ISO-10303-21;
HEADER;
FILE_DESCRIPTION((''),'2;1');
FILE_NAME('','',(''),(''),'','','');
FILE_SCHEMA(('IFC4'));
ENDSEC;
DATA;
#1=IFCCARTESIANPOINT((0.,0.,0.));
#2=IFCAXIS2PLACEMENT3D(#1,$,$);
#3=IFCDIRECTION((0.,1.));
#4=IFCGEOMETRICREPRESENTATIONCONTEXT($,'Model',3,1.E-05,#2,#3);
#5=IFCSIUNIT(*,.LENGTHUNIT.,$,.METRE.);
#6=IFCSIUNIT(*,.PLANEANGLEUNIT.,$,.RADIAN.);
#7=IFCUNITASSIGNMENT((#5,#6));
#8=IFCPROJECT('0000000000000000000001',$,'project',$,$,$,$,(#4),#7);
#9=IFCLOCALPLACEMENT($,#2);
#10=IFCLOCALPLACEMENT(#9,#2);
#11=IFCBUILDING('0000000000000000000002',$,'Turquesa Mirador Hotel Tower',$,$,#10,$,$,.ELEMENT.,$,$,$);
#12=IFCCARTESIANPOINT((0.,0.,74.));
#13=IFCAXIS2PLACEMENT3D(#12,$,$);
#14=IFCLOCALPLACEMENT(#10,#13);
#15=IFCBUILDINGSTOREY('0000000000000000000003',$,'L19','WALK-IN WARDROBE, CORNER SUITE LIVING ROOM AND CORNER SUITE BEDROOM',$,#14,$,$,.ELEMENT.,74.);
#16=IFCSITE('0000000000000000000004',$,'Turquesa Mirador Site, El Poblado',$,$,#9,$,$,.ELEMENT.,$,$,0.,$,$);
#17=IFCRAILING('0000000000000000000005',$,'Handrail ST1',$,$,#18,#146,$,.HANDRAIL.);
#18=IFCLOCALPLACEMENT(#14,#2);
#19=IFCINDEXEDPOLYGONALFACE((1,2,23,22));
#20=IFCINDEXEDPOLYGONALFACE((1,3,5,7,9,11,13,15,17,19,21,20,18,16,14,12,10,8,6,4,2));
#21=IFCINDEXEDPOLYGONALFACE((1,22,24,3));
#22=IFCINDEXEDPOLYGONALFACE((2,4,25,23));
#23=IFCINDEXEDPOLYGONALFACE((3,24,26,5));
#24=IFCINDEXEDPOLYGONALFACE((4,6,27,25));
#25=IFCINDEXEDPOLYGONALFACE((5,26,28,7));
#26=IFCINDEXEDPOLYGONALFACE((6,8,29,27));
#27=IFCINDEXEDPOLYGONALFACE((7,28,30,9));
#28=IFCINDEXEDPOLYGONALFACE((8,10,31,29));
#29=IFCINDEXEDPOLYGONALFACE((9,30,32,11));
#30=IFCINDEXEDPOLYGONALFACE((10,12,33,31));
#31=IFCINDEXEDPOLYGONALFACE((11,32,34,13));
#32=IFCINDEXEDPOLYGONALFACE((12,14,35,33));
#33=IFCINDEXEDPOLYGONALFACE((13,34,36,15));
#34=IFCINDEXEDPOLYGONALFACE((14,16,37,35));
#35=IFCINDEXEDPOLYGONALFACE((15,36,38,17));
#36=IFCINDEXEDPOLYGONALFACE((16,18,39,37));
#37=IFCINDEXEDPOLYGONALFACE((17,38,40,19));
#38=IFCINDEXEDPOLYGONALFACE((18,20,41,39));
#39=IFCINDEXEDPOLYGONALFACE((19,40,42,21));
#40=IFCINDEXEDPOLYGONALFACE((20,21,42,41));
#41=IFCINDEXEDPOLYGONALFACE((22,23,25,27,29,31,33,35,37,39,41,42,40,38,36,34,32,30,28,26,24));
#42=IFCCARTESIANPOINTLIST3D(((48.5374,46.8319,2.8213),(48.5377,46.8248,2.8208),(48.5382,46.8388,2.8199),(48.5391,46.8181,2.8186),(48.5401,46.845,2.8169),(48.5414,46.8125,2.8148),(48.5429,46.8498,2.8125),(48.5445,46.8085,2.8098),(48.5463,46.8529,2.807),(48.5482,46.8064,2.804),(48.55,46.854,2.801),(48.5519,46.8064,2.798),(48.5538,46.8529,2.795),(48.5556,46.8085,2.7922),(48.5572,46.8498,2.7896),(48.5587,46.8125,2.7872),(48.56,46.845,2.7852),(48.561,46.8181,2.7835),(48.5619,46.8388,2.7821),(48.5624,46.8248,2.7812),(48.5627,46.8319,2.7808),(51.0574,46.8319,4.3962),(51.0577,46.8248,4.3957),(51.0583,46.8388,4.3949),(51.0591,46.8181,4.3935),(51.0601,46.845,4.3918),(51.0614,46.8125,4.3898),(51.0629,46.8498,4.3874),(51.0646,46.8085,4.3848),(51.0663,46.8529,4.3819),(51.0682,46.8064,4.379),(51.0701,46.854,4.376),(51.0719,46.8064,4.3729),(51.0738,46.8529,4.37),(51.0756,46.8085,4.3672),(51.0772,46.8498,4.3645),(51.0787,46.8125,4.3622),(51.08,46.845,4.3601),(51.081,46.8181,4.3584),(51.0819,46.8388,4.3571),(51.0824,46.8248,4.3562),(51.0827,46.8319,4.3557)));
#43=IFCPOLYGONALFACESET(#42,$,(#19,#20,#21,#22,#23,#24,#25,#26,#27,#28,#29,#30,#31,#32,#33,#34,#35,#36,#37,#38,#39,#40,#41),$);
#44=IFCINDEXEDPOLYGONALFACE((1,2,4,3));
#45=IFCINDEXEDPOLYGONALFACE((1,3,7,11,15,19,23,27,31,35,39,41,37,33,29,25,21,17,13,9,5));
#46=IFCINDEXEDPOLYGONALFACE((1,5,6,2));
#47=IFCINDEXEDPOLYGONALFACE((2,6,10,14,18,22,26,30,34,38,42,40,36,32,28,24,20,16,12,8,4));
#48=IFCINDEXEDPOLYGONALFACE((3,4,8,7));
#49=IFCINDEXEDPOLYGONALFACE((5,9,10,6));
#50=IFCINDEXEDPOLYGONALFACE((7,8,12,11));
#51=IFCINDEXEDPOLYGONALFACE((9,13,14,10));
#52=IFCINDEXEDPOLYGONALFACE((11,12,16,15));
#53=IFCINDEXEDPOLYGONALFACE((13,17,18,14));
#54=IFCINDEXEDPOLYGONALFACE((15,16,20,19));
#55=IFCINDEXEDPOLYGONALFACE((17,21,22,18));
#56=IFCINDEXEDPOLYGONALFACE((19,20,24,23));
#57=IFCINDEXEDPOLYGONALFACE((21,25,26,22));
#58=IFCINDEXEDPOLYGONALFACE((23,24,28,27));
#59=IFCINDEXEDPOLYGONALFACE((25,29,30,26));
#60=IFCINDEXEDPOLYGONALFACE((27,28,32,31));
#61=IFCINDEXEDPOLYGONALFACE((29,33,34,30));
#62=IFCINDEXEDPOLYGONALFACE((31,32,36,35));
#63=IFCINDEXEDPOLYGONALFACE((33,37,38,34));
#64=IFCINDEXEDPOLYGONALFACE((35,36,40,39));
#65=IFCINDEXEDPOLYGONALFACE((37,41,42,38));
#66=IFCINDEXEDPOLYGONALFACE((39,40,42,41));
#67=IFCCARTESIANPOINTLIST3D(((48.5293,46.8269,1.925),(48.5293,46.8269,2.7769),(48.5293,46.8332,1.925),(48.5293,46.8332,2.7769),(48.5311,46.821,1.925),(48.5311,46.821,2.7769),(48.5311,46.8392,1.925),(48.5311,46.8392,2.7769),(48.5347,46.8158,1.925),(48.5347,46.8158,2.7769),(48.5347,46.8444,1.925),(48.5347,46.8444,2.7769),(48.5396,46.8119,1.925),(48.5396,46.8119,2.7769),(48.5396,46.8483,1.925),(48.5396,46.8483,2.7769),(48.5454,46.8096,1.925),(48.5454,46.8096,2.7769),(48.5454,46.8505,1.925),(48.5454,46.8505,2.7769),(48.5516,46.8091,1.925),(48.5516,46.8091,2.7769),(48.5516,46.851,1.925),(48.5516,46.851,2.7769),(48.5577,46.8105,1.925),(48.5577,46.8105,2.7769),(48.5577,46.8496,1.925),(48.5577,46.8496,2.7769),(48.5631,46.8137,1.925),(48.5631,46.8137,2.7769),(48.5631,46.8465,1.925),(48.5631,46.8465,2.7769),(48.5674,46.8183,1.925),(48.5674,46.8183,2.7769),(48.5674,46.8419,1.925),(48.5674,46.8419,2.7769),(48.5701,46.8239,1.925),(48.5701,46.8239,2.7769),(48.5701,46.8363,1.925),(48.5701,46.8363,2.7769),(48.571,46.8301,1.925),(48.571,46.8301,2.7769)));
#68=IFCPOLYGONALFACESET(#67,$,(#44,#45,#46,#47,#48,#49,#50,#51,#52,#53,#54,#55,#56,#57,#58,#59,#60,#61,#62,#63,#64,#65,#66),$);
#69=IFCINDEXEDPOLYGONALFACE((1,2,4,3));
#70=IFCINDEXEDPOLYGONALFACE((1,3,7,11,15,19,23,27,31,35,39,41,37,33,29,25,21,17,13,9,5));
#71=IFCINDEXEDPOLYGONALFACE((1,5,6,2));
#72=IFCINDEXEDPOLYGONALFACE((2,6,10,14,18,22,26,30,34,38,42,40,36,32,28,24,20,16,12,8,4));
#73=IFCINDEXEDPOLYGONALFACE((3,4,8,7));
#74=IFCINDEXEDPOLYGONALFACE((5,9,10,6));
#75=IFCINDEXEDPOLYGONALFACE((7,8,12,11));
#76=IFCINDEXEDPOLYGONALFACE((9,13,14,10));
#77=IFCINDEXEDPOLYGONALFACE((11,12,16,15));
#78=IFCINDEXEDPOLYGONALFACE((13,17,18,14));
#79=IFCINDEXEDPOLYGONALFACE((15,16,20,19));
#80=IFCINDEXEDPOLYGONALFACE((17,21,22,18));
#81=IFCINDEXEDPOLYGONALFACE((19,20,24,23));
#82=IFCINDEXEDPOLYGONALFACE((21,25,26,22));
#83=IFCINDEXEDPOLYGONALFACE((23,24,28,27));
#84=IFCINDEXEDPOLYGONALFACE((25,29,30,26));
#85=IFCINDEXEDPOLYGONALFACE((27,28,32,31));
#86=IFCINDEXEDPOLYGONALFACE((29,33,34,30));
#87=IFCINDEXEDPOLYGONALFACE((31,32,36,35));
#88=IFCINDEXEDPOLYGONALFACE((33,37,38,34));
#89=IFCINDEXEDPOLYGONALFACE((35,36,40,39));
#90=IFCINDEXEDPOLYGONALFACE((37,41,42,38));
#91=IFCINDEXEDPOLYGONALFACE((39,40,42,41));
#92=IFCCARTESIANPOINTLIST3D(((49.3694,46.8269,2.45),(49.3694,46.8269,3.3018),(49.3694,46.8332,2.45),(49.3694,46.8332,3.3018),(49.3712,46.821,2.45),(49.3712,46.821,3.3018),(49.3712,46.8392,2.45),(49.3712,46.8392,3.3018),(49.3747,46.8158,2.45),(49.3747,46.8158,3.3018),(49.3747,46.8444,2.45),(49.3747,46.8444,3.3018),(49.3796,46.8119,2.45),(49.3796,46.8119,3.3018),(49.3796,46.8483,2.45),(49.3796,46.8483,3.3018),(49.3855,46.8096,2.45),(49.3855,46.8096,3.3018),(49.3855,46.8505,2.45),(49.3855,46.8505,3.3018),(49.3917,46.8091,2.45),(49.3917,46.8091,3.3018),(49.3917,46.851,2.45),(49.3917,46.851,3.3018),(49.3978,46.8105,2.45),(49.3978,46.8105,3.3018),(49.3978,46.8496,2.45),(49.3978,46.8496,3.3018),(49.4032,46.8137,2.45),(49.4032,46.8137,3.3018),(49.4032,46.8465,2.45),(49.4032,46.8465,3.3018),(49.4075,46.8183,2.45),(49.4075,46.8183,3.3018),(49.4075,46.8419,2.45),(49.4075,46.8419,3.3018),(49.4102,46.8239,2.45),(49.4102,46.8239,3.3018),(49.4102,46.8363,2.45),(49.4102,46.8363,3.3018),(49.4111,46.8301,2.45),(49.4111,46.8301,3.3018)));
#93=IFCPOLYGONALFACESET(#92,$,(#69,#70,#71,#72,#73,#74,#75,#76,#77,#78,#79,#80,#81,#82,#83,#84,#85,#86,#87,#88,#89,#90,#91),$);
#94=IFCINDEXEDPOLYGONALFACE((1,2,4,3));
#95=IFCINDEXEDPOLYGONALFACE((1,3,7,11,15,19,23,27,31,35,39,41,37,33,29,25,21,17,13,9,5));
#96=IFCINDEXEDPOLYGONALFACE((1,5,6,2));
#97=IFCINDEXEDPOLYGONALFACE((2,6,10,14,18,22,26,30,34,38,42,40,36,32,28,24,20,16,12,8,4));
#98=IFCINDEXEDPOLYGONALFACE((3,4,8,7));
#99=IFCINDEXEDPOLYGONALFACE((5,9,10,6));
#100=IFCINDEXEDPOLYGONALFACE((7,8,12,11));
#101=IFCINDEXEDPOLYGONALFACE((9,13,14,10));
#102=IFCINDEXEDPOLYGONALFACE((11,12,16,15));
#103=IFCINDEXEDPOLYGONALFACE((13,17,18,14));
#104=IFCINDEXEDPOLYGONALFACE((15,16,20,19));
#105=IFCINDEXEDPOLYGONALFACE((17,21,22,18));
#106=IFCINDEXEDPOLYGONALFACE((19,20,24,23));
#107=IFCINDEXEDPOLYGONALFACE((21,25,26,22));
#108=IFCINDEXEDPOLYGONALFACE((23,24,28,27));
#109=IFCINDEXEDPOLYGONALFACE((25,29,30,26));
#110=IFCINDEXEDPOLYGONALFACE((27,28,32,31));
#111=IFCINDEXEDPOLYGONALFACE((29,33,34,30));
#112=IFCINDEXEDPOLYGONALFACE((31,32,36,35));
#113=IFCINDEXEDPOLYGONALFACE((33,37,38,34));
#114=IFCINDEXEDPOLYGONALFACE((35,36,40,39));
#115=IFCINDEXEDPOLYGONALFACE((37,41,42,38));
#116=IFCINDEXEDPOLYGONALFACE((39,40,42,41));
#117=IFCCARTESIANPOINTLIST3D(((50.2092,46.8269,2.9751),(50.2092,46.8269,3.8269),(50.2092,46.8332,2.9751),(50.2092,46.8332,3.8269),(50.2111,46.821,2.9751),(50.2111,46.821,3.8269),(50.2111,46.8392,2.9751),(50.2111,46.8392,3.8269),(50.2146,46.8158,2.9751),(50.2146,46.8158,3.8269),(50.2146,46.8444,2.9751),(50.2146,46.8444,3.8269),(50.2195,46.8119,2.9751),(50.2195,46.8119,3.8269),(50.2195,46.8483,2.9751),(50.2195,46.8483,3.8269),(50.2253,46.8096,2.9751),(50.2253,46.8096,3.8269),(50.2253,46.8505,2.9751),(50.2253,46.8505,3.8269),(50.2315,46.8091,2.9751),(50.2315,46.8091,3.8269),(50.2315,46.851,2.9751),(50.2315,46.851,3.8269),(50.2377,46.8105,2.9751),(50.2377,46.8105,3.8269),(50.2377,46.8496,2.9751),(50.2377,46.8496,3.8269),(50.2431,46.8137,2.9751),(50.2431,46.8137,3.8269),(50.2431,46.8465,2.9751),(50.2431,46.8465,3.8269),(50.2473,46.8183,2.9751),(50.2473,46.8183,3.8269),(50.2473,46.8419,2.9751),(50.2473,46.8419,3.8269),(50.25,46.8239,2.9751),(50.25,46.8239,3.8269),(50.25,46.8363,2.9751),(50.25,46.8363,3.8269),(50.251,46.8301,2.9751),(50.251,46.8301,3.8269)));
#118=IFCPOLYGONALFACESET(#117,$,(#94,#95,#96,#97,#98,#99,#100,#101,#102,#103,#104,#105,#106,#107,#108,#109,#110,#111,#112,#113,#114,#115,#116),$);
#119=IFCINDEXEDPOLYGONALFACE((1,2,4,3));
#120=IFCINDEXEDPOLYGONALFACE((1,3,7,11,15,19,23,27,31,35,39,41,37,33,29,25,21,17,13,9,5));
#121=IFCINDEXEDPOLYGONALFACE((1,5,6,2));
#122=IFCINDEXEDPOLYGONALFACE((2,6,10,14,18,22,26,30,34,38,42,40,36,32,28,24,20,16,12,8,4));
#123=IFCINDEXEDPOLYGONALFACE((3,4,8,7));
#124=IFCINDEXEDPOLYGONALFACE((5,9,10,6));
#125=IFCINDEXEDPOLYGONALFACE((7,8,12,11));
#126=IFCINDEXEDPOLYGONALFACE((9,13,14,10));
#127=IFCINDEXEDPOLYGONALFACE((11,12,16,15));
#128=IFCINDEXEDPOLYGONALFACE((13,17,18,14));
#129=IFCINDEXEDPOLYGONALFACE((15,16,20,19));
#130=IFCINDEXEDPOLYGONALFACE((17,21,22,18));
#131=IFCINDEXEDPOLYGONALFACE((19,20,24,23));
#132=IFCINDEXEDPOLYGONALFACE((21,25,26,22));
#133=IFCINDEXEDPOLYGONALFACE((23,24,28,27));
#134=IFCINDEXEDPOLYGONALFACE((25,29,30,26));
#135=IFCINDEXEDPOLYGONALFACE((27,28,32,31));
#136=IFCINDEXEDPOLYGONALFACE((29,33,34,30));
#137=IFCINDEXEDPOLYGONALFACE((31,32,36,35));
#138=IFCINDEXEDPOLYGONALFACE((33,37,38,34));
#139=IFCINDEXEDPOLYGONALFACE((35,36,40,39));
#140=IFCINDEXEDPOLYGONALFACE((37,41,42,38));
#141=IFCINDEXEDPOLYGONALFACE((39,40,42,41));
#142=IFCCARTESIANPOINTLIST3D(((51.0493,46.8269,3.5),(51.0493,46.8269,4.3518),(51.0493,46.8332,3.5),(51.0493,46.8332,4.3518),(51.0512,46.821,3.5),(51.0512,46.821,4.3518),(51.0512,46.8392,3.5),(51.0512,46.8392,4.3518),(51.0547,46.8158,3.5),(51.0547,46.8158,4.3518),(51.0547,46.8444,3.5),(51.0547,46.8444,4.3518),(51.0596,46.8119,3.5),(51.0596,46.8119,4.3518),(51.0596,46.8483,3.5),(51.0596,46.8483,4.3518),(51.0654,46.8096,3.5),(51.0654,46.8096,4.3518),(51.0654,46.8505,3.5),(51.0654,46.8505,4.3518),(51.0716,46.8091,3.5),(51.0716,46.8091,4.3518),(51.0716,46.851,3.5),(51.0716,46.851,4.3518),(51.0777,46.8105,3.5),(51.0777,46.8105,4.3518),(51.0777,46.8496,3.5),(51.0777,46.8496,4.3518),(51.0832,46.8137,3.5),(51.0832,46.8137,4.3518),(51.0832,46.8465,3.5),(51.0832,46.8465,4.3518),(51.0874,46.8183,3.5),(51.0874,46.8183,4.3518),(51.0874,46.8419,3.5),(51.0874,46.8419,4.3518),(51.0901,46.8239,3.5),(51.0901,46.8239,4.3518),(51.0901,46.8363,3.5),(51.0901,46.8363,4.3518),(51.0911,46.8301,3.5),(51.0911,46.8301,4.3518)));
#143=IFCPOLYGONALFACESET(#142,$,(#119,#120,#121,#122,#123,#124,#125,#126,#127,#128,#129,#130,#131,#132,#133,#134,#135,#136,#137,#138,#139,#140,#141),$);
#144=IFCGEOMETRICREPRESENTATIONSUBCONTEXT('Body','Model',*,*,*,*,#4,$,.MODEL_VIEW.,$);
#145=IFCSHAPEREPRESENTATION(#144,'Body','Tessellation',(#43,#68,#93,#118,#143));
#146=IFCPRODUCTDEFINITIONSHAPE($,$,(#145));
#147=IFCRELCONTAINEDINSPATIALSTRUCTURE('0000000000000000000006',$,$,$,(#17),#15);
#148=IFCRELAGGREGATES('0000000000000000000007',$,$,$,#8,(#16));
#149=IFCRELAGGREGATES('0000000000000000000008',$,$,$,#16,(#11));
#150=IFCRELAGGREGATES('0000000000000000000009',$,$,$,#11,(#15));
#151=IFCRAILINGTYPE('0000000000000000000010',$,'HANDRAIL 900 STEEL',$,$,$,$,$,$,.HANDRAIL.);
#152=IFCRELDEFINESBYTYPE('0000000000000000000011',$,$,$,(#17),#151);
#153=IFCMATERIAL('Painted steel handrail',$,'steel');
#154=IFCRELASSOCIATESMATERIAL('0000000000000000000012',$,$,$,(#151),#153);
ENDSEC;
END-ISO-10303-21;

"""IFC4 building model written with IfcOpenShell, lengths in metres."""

from ifc_helpers import new_model, si_unit, direction, frame, origin, origin_2d, place, context, subcontext, project, spatial, circle, extrude, material, type_object, element, save


model = new_model("IFC4")

# Units and contexts
model_context = context("Model", 3, precision=1e-05, world=origin(), true_north=direction((0.0, 1.0)))
body_context = subcontext(model_context, "Body", "Model", "MODEL_VIEW")
ifc_project = project(units=[si_unit("LENGTHUNIT", "METRE"), si_unit("PLANEANGLEUNIT", "RADIAN")], contexts=[model_context])

# Site, building, storey
site_placement = place(None, origin())
site = spatial("IfcSite", under=ifc_project, at=site_placement, Name="Turquesa Mirador Site, El Poblado", CompositionType="ELEMENT", RefElevation=0.0)
building_placement = place(site_placement, origin())
building = spatial("IfcBuilding", under=site, at=building_placement, Name="Turquesa Mirador Hotel Tower", CompositionType="ELEMENT")
storey_placement = place(building_placement, frame((0.0, 0.0, 74.0)))
storey = spatial("IfcBuildingStorey", under=building, at=storey_placement, Name="L19", Description="WALK-IN WARDROBE, CORNER SUITE LIVING ROOM AND CORNER SUITE BEDROOM", CompositionType="ELEMENT", Elevation=74.0)

# Railing
ifc_material_1 = material(Name="Painted steel handrail", Category="steel")
railing_type = type_object("IfcRailingType", Name="HANDRAIL 900 STEEL", PredefinedType="HANDRAIL", material=ifc_material_1)
for number, where, name in (
    (1, (48.55, 46.8301, 1.925), "Handrail ST1"),
):
    element("IfcRailing", number, at=place(storey_placement, frame(where)), inside=storey, type_object=railing_type, Name=name, PredefinedType="HANDRAIL", context=body_context, shape_type="SweptSolid", body=[
        extrude(circle(Radius=0.0239, at=origin_2d()), frame((0.0, 0.0, 0.876), z_axis=(0.848008, 0.0, 0.529984), x_axis=(0.0, 1.0, 0.0)), (0.0, 0.0, 1.0), 2.9717),
        extrude(circle(Radius=0.021, at=origin_2d()), origin(), (0.0, 0.0, 1.0), 0.8518),
        extrude(circle(Radius=0.021, at=origin_2d()), frame((0.8401, 0.0, 0.5249)), (0.0, 0.0, 1.0), 0.8518),
        extrude(circle(Radius=0.021, at=origin_2d()), frame((1.6799, 0.0, 1.05)), (0.0, 0.0, 1.0), 0.8518),
        extrude(circle(Radius=0.021, at=origin_2d()), frame((2.52, 0.0, 1.575)), (0.0, 0.0, 1.0), 0.8518),
    ])

save(model, "model.ifc")
